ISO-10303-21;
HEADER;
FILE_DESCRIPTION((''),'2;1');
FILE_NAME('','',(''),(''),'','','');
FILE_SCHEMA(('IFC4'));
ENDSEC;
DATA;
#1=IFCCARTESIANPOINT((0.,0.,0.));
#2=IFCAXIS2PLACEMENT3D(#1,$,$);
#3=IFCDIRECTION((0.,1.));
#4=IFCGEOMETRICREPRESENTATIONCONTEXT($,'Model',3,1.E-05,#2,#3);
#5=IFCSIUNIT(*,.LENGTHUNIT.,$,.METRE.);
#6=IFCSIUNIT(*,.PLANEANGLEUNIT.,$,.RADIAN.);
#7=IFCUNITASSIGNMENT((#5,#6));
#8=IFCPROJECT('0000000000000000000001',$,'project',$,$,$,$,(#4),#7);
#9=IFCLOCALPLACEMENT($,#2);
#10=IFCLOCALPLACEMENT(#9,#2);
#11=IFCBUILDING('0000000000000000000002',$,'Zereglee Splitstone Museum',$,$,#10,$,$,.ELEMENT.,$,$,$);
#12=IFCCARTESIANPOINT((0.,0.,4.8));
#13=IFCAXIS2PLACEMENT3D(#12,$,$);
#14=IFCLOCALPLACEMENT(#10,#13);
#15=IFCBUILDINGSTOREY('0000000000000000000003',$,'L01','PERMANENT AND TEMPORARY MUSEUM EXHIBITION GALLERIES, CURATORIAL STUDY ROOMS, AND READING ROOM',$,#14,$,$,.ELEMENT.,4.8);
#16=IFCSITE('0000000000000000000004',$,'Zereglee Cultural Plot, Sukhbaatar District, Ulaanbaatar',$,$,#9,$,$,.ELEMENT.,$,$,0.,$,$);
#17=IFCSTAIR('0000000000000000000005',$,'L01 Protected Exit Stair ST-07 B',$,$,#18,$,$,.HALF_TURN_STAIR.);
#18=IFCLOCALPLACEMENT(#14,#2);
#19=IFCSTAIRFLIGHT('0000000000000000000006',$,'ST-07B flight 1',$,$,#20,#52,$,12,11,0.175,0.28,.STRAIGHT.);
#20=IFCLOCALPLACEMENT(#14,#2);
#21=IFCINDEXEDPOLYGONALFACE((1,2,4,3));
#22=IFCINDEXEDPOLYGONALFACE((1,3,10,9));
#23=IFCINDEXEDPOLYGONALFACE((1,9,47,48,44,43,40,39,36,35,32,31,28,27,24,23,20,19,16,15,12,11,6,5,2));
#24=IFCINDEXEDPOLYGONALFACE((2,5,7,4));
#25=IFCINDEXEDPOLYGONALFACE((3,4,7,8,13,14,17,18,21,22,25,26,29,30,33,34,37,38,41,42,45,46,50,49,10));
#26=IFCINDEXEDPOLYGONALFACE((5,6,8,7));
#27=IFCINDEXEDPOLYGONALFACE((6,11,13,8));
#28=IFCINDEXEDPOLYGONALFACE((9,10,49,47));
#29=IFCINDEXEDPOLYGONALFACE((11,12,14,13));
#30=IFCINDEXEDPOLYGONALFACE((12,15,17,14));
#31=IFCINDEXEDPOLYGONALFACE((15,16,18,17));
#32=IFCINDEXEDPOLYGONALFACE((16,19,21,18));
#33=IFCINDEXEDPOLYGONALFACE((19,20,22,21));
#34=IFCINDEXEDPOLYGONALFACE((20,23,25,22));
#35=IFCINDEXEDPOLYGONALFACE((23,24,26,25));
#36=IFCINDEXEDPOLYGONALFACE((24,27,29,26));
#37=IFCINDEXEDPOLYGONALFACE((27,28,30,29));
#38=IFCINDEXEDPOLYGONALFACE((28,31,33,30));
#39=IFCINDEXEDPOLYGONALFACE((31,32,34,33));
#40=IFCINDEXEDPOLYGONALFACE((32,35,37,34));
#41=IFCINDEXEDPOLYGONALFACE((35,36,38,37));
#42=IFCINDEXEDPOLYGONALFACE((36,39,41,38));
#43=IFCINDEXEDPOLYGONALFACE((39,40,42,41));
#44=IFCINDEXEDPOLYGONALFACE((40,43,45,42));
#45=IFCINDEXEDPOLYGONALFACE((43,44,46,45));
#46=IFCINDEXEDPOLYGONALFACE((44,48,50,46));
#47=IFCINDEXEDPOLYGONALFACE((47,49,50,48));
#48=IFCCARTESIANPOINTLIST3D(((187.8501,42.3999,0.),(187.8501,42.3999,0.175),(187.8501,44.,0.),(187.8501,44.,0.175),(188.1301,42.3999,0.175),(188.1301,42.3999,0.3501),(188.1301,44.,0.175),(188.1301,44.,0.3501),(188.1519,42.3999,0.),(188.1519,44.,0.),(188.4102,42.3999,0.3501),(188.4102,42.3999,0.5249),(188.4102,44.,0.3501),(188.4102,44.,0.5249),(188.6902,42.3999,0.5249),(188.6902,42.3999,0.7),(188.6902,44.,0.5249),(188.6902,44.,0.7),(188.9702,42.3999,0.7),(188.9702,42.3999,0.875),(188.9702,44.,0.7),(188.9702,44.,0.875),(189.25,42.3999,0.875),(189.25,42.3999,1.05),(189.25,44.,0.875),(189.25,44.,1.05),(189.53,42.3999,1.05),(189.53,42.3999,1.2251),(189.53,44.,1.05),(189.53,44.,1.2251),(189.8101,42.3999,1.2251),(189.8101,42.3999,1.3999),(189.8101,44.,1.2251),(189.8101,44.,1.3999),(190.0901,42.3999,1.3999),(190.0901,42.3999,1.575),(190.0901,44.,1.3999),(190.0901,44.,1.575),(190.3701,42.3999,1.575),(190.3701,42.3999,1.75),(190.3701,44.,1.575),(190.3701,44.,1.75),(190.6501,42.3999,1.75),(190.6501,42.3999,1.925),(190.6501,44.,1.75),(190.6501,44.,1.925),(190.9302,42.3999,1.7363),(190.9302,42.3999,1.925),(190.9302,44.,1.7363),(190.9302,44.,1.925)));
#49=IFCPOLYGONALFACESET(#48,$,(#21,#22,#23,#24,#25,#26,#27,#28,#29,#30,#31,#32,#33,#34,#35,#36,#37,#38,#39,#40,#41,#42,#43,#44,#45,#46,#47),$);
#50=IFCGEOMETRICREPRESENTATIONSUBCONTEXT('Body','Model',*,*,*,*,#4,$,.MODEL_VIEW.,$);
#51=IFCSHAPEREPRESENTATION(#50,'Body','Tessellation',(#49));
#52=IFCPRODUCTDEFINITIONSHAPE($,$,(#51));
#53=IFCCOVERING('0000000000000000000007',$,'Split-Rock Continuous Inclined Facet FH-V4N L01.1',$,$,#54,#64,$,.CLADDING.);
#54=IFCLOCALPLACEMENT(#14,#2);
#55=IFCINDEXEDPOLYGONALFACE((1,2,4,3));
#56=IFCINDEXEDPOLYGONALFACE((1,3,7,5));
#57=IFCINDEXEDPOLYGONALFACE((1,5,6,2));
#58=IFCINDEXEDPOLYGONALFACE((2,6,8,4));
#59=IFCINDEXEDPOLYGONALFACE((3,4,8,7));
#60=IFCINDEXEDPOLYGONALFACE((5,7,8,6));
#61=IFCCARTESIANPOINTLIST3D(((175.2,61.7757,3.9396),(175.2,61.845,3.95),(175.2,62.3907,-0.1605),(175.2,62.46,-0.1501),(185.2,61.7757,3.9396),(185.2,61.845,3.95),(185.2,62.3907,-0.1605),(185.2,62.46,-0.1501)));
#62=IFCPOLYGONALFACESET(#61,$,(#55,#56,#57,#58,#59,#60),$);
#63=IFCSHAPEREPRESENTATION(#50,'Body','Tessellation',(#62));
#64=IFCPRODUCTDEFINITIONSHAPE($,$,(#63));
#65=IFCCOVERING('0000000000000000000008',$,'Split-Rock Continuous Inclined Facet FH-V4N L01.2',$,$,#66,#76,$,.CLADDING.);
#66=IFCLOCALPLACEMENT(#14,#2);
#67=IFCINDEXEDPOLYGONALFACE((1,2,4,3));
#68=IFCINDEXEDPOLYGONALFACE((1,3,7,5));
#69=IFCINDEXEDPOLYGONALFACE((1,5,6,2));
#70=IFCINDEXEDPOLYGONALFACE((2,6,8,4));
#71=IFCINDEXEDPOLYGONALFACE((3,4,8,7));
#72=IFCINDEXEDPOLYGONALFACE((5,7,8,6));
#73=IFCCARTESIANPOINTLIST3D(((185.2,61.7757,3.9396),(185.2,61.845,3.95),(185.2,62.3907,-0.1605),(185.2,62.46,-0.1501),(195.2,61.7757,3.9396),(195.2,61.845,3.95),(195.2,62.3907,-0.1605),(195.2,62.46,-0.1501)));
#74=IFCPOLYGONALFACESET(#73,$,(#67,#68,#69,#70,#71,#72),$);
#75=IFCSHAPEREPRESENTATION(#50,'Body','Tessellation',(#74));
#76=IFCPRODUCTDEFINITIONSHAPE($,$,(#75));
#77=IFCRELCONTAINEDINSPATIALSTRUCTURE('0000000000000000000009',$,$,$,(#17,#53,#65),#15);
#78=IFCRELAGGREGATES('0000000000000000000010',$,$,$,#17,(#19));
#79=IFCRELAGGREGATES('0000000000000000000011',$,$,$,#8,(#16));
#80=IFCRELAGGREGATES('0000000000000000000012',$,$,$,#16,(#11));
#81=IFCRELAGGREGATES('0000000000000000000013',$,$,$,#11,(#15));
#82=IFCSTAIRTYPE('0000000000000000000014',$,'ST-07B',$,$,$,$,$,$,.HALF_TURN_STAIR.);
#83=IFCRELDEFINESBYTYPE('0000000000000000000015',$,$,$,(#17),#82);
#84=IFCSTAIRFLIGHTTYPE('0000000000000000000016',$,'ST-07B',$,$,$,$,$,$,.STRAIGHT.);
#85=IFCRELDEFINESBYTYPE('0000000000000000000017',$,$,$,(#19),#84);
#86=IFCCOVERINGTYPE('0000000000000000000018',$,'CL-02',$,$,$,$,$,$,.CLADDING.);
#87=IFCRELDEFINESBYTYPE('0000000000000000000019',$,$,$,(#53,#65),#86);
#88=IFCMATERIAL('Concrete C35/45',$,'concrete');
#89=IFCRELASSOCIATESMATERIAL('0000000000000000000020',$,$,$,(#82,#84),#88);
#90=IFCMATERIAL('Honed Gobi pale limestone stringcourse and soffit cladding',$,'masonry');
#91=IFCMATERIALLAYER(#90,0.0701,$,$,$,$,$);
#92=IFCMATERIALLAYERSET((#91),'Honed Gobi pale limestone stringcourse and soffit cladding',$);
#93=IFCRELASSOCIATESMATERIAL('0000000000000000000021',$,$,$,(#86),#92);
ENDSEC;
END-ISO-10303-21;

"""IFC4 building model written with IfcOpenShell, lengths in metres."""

from ifc_helpers import new_model, si_unit, direction, frame, origin, place, context, subcontext, project, spatial, polyline, outline, extrude, material, layer, layer_set, type_object, element, aggregate, save


model = new_model("IFC4")

# Units and contexts
model_context = context("Model", 3, precision=1e-05, world=origin(), true_north=direction((0.0, 1.0)))
body_context = subcontext(model_context, "Body", "Model", "MODEL_VIEW")
ifc_project = project(units=[si_unit("LENGTHUNIT", "METRE"), si_unit("PLANEANGLEUNIT", "RADIAN")], contexts=[model_context])

# Site, building, storey
site_placement = place(None, origin())
site = spatial("IfcSite", under=ifc_project, at=site_placement, Name="Zereglee Cultural Plot, Sukhbaatar District, Ulaanbaatar", CompositionType="ELEMENT", RefElevation=0.0)
building_placement = place(site_placement, origin())
building = spatial("IfcBuilding", under=site, at=building_placement, Name="Zereglee Splitstone Museum", CompositionType="ELEMENT")
storey_placement = place(building_placement, frame((0.0, 0.0, 4.8)))
storey = spatial("IfcBuildingStorey", under=building, at=storey_placement, Name="L01", Description="PERMANENT AND TEMPORARY MUSEUM EXHIBITION GALLERIES, CURATORIAL STUDY ROOMS, AND READING ROOM", CompositionType="ELEMENT", Elevation=4.8)

# Stair, stair flight
ifc_material_1 = material(Name="Concrete C35/45", Category="concrete")
stair_type = type_object("IfcStairType", Name="ST-07B", PredefinedType="HALF_TURN_STAIR", material=ifc_material_1)
stair_placement = place(storey_placement, origin())
stair = element("IfcStair", 1, at=stair_placement, inside=storey, type_object=stair_type, Name="L01 Protected Exit Stair ST-07 B", PredefinedType="HALF_TURN_STAIR")
stair_flight_type = type_object("IfcStairFlightType", Name="ST-07B", PredefinedType="STRAIGHT", material=ifc_material_1)
stair_flight_placement = place(storey_placement, frame((187.8501, 43.2, 0.0), z_axis=(0.0, 0.0, 1.0), x_axis=(1.0, 0.0, 0.0)))
stair_flight = element("IfcStairFlight", 2, at=stair_flight_placement, type_object=stair_flight_type, Name="ST-07B flight 1", NumberOfRisers=12, NumberOfTreads=11, PredefinedType="STRAIGHT", RiserHeight=0.175, TreadLength=0.28, context=body_context, shape_type="SweptSolid", body=[
    extrude(outline(polyline([(0.0, 0.0), (0.0, 0.175), (0.28, 0.175), (0.28, 0.3501), (0.5601, 0.3501), (0.5601, 0.5249), (0.8401, 0.5249), (0.8401, 0.7), (1.1201, 0.7), (1.1201, 0.875), (1.3999, 0.875), (1.3999, 1.05), (1.6799, 1.05), (1.6799, 1.2251), (1.96, 1.2251), (1.96, 1.3999), (2.24, 1.3999), (2.24, 1.575), (2.52, 1.575), (2.52, 1.75), (2.8, 1.75), (2.8, 1.925), (3.0801, 1.925), (3.0801, 2.1001), (3.0801, 1.7363), (0.3018, 0.0), (0.0, 0.0)])), frame((0.0, 0.8, 0.0), z_axis=(0.0, -1.0, 0.0), x_axis=(1.0, 0.0, 0.0)), (0.0, 0.0, 1.0), 1.6001),
])
aggregate(stair, [stair_flight])

# Coverings
ifc_material_2 = material(Name="Honed Gobi pale limestone stringcourse and soffit cladding", Category="masonry")
ifc_layer_1 = layer(ifc_material_2, 0.0701)
ifc_layer_set_1 = layer_set([ifc_layer_1], Name="Honed Gobi pale limestone stringcourse and soffit cladding")
covering_type = type_object("IfcCoveringType", Name="CL-02", PredefinedType="CLADDING", material=ifc_layer_set_1)
for number, where, z_axis, x_axis, name in (
    (3, (175.2, 61.845, 3.95), (0.0, 0.988937, 0.148335), (1.0, 0.0, 0.0), "Split-Rock Continuous Inclined Facet FH-V4N L01.1"),
    (4, (185.2, 61.845, 3.95), (0.0, 0.988937, 0.148335), (1.0, 0.0, 0.0), "Split-Rock Continuous Inclined Facet FH-V4N L01.2"),
):
    element("IfcCovering", number, at=place(storey_placement, frame(where, z_axis=z_axis, x_axis=x_axis)), inside=storey, type_object=covering_type, Name=name, PredefinedType="CLADDING", context=body_context, shape_type="SweptSolid", body=[
        extrude(outline(polyline([(0.0, 0.0), (10.0, 0.0), (10.0, 4.146), (0.0, 4.146), (0.0, 0.0)])), origin(), (0.0, 0.0, -1.0), 0.0701),
    ])

save(model, "model.ifc")
